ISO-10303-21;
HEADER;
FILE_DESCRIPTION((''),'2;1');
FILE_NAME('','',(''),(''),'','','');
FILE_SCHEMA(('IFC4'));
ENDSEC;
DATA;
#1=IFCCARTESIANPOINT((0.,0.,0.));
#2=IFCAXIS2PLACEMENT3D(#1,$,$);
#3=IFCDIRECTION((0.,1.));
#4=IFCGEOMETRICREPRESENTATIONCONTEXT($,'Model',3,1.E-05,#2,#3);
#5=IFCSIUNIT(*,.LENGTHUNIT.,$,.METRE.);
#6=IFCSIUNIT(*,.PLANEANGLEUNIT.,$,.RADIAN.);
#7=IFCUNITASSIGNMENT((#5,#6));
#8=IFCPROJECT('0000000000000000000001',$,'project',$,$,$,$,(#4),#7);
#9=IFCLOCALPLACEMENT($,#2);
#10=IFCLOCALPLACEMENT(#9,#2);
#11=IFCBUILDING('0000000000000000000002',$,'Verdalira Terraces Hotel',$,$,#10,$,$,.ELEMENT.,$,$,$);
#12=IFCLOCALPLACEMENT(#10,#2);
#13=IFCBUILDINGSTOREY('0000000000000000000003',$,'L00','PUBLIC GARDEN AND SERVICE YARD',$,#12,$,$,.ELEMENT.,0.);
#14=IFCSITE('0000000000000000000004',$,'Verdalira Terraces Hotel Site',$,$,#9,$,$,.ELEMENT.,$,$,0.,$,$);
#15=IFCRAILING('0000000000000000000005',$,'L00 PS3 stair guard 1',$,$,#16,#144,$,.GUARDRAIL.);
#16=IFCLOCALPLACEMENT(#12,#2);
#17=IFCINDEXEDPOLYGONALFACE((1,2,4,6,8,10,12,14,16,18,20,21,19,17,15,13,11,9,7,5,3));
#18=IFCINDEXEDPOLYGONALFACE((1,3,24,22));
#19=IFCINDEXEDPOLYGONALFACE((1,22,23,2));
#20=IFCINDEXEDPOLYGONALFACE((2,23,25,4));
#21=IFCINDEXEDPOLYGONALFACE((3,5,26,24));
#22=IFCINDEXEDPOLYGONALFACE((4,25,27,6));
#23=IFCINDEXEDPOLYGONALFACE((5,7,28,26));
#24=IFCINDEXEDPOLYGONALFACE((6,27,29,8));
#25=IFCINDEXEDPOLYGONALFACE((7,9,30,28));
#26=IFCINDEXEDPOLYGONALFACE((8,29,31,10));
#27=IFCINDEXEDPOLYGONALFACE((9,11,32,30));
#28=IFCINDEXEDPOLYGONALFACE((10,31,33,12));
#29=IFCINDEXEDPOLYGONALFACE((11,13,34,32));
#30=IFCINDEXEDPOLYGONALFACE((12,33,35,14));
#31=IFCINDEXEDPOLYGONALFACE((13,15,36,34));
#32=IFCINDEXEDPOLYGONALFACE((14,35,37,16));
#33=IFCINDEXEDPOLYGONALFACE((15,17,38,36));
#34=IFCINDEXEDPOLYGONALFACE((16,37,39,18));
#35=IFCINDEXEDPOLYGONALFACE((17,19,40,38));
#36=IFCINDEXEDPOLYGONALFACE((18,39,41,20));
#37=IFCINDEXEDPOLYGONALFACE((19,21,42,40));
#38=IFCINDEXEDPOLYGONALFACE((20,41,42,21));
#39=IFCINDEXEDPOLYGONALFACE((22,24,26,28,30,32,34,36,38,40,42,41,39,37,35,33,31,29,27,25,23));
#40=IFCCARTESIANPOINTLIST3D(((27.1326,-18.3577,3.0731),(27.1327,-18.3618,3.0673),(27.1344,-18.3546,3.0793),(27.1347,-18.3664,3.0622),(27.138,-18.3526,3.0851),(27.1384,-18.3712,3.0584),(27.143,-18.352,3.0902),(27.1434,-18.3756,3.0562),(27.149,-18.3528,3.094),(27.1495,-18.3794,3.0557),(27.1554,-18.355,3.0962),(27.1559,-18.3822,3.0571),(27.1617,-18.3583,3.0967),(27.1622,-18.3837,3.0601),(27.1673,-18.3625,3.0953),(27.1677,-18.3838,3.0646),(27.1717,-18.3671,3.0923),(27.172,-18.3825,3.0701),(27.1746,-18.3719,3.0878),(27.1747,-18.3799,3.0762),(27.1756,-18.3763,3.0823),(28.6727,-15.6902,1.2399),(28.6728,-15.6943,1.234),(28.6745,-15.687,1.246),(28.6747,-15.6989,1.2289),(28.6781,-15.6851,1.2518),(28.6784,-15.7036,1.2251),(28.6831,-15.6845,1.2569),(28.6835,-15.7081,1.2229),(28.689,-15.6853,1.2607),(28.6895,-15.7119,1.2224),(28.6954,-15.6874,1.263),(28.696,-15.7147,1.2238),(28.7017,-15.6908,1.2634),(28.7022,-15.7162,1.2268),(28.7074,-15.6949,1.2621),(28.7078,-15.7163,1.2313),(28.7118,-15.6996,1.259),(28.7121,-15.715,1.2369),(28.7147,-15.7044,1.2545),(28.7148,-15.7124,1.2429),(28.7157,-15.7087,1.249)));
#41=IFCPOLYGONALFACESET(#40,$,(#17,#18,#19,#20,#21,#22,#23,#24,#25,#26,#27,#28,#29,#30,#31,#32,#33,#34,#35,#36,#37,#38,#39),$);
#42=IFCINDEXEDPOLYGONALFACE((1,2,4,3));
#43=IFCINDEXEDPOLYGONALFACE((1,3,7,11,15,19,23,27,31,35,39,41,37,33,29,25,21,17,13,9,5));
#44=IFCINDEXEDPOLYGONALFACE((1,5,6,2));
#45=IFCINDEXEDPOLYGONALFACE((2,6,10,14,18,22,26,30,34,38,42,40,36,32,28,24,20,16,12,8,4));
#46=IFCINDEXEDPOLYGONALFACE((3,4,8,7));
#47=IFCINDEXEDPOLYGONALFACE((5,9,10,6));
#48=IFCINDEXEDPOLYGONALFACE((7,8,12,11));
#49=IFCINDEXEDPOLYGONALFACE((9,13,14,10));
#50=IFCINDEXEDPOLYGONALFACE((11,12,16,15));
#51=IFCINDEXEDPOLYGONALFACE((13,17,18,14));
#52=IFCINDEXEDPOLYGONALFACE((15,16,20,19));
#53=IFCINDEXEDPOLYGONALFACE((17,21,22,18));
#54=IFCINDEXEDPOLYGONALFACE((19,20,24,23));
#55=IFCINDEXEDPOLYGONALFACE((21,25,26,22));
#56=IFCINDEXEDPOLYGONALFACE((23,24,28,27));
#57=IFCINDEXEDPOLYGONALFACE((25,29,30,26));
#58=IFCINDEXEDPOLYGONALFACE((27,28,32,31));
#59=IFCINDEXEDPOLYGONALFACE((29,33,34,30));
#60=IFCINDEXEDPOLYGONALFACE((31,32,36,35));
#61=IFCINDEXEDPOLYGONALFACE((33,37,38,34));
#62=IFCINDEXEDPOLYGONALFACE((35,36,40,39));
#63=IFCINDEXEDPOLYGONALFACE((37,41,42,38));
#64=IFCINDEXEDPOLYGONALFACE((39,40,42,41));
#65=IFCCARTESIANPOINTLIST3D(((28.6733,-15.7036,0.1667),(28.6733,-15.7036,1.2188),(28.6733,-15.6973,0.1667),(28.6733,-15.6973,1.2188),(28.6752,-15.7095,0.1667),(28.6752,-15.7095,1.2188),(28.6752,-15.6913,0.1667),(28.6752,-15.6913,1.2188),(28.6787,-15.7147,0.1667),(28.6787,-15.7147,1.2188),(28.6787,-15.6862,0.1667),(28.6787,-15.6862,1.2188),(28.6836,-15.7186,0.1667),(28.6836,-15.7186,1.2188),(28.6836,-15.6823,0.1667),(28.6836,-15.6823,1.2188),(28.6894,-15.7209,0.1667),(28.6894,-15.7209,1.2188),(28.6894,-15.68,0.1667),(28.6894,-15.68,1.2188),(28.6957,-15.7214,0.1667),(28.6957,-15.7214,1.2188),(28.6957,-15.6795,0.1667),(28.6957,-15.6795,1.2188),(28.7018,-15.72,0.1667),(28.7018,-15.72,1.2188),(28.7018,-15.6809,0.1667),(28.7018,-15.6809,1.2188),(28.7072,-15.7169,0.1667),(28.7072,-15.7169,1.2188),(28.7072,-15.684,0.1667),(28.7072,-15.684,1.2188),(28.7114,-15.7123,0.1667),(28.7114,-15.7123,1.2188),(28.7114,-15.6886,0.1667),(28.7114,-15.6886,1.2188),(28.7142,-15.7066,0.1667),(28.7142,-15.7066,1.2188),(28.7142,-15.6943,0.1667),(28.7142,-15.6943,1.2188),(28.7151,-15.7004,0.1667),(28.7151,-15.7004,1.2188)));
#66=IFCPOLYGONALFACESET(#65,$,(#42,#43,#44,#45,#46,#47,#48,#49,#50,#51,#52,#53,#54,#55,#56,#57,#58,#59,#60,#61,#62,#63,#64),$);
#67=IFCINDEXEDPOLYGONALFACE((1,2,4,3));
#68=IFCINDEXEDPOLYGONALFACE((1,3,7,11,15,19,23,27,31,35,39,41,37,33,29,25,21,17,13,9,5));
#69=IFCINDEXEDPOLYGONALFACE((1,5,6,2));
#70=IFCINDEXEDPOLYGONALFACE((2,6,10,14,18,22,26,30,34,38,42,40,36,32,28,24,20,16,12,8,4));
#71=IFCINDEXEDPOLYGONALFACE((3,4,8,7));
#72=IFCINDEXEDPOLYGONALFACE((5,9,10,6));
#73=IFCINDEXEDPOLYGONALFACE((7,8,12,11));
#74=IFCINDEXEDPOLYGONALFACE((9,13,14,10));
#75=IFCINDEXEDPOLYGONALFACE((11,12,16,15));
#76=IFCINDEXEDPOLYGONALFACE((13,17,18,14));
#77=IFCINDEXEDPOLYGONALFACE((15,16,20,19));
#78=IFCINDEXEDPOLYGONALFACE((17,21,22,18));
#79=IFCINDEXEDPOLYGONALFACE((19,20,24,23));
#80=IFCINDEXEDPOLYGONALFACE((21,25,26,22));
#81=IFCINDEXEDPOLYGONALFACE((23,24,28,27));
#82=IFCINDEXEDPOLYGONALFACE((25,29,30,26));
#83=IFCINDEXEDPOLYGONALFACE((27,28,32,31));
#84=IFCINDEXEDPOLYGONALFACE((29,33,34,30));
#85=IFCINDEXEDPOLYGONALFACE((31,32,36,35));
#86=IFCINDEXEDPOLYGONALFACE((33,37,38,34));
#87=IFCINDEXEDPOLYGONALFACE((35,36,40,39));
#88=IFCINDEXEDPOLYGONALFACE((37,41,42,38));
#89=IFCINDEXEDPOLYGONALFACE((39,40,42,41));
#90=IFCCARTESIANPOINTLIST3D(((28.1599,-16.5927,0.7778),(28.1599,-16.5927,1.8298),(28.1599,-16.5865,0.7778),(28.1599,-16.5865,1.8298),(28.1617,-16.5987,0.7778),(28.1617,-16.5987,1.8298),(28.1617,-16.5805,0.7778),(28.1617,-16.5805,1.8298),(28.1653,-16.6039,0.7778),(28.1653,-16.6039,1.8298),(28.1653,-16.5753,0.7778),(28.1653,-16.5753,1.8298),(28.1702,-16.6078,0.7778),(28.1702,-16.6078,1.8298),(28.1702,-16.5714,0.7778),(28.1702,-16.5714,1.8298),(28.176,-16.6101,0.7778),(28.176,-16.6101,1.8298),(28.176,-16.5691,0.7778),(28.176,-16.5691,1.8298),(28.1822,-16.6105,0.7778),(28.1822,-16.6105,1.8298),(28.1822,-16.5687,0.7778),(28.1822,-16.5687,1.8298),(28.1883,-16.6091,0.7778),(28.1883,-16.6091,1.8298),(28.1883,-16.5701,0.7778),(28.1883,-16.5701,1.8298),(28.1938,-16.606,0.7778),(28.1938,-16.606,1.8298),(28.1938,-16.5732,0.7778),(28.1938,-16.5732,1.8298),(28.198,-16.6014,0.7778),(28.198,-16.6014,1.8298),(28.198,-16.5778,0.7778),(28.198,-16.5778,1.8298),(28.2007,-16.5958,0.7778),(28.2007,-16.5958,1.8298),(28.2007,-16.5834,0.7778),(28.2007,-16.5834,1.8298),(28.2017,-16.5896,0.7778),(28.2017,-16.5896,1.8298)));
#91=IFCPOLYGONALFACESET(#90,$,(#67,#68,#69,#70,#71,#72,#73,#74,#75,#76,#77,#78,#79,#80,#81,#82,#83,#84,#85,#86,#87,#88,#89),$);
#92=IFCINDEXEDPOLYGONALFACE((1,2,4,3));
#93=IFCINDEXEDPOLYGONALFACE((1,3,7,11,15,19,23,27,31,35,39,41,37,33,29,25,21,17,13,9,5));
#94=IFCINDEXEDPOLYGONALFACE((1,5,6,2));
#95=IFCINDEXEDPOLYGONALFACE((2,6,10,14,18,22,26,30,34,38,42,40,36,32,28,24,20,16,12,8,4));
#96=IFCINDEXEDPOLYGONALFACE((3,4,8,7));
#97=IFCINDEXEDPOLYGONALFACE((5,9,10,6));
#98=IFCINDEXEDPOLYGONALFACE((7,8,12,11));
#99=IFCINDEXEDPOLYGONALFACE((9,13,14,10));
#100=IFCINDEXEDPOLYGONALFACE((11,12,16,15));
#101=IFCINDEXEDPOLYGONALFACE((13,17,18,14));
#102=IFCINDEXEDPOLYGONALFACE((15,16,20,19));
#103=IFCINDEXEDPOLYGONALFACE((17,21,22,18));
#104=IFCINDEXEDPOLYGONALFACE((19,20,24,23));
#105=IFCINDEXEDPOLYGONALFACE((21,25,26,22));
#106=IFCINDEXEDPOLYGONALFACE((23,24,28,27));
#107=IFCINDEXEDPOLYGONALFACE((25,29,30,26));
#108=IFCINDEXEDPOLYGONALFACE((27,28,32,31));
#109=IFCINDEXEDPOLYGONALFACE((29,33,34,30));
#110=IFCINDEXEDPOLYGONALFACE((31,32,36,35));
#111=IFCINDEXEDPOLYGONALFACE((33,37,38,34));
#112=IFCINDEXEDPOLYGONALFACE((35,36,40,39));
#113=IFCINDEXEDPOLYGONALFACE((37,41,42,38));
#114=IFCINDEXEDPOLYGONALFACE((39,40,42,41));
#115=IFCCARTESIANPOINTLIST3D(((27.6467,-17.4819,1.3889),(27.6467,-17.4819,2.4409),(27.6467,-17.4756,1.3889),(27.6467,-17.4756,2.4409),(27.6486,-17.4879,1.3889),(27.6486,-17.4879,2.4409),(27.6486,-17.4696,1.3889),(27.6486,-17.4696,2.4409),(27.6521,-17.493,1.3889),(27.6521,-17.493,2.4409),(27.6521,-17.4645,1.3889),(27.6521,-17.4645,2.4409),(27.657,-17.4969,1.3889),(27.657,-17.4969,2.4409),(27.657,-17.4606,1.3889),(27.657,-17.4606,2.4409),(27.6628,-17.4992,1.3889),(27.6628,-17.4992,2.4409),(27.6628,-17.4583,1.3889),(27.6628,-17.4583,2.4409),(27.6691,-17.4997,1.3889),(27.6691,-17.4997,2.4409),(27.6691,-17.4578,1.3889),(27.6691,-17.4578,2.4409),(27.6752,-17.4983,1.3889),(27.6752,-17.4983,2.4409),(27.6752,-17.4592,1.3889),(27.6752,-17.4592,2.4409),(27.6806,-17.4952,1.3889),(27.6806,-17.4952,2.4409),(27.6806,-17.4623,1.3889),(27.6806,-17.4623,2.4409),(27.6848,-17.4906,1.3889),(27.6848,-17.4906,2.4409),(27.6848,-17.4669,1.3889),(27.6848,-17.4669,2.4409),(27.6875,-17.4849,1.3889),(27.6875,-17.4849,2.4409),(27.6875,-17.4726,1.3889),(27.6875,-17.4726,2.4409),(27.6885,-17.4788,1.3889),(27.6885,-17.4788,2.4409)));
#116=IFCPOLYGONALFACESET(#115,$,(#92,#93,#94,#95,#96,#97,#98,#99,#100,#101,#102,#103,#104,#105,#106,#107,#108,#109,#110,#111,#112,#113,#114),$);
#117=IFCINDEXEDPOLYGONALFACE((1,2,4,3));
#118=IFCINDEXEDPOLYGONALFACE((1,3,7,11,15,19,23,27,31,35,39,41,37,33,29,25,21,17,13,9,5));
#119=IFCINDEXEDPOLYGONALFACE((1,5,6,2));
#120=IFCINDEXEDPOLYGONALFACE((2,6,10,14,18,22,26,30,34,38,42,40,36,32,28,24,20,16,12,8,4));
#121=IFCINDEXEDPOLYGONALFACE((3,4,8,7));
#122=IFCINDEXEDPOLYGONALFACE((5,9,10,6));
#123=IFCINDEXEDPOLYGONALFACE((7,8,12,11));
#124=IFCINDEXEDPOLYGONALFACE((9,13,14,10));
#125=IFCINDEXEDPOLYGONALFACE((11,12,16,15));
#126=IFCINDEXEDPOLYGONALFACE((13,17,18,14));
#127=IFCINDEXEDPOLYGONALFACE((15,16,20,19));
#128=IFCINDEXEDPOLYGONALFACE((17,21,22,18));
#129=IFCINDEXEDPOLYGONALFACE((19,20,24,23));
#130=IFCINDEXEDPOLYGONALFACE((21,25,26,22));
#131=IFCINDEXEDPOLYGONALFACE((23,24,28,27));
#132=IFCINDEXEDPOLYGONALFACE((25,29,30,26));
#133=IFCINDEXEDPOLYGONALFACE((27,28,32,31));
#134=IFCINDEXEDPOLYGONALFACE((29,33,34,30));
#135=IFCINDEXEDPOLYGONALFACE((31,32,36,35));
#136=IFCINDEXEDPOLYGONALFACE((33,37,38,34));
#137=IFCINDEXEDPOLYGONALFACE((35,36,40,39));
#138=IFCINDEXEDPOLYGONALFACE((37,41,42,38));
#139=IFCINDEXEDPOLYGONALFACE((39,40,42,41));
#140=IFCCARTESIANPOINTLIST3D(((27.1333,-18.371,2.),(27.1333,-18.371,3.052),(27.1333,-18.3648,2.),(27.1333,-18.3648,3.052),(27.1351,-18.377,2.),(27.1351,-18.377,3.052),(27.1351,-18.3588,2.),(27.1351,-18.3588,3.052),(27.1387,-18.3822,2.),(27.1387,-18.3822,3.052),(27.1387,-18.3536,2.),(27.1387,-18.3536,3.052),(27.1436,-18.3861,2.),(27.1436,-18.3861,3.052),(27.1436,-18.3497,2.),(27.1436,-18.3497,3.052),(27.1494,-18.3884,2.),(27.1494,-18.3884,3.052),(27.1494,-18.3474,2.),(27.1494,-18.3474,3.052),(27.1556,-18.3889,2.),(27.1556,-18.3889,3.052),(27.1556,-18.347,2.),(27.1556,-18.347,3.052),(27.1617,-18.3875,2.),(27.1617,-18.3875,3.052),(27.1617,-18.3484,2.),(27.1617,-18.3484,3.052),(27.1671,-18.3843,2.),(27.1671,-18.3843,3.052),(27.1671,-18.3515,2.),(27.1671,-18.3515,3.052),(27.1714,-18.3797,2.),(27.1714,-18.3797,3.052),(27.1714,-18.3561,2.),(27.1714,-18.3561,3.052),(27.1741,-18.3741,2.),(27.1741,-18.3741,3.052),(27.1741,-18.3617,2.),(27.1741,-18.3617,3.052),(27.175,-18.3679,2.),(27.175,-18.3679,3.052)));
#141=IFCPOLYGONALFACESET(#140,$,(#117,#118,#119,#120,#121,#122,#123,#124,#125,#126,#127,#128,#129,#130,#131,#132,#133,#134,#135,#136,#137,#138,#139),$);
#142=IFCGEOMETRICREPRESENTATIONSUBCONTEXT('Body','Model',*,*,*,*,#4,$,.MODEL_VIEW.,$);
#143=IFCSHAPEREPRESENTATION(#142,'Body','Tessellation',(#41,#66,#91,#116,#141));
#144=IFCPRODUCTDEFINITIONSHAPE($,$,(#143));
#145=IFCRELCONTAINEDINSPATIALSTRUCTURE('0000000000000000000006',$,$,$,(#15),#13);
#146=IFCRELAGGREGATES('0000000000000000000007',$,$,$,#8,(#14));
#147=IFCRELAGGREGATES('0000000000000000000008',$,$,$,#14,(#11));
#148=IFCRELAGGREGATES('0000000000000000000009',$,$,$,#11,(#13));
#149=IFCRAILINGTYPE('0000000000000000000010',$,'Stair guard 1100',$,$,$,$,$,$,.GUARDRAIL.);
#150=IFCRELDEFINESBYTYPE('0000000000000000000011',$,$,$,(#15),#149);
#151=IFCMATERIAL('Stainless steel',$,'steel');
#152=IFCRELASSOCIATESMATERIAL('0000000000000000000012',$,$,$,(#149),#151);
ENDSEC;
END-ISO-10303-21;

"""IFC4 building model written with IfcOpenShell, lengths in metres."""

from ifc_helpers import new_model, si_unit, direction, frame, origin, origin_2d, place, context, subcontext, project, spatial, circle, extrude, material, type_object, element, save


model = new_model("IFC4")

# Units and contexts
model_context = context("Model", 3, precision=1e-05, world=origin(), true_north=direction((0.0, 1.0)))
body_context = subcontext(model_context, "Body", "Model", "MODEL_VIEW")
ifc_project = project(units=[si_unit("LENGTHUNIT", "METRE"), si_unit("PLANEANGLEUNIT", "RADIAN")], contexts=[model_context])

# Site, building, storey
site_placement = place(None, origin())
site = spatial("IfcSite", under=ifc_project, at=site_placement, Name="Verdalira Terraces Hotel Site", CompositionType="ELEMENT", RefElevation=0.0)
building_placement = place(site_placement, origin())
building = spatial("IfcBuilding", under=site, at=building_placement, Name="Verdalira Terraces Hotel", CompositionType="ELEMENT")
storey_placement = place(building_placement, origin())
storey = spatial("IfcBuildingStorey", under=building, at=storey_placement, Name="L00", Description="PUBLIC GARDEN AND SERVICE YARD", CompositionType="ELEMENT", Elevation=0.0)

# Railing
ifc_material_1 = material(Name="Stainless steel", Category="steel")
railing_type = type_object("IfcRailingType", Name="Stair guard 1100", PredefinedType="GUARDRAIL", material=ifc_material_1)
railing_1_placement = place(storey_placement, frame((28.6941, -15.7004, 0.1667)))
element("IfcRailing", 1, at=railing_1_placement, inside=storey, type_object=railing_type, Name="L00 PS3 stair guard 1", PredefinedType="GUARDRAIL", context=body_context, shape_type="SweptSolid", body=[
    extrude(circle(Radius=0.0239, at=origin_2d()), frame((0.0, 0.0, 1.0762), z_axis=(-0.429649, -0.74419, 0.511452), x_axis=(0.86603, -0.499992, 0.0)), (0.0, 0.0, 1.0), 3.5845),
    extrude(circle(Radius=0.021, at=origin_2d()), origin(), (0.0, 0.0, 1.0), 1.052),
    extrude(circle(Radius=0.021, at=origin_2d()), frame((-0.5134, -0.8892, 0.6111)), (0.0, 0.0, 1.0), 1.052),
    extrude(circle(Radius=0.021, at=origin_2d()), frame((-1.0266, -1.7783, 1.2222)), (0.0, 0.0, 1.0), 1.052),
    extrude(circle(Radius=0.021, at=origin_2d()), frame((-1.54, -2.6675, 1.8333)), (0.0, 0.0, 1.0), 1.052),
])

save(model, "model.ifc")
